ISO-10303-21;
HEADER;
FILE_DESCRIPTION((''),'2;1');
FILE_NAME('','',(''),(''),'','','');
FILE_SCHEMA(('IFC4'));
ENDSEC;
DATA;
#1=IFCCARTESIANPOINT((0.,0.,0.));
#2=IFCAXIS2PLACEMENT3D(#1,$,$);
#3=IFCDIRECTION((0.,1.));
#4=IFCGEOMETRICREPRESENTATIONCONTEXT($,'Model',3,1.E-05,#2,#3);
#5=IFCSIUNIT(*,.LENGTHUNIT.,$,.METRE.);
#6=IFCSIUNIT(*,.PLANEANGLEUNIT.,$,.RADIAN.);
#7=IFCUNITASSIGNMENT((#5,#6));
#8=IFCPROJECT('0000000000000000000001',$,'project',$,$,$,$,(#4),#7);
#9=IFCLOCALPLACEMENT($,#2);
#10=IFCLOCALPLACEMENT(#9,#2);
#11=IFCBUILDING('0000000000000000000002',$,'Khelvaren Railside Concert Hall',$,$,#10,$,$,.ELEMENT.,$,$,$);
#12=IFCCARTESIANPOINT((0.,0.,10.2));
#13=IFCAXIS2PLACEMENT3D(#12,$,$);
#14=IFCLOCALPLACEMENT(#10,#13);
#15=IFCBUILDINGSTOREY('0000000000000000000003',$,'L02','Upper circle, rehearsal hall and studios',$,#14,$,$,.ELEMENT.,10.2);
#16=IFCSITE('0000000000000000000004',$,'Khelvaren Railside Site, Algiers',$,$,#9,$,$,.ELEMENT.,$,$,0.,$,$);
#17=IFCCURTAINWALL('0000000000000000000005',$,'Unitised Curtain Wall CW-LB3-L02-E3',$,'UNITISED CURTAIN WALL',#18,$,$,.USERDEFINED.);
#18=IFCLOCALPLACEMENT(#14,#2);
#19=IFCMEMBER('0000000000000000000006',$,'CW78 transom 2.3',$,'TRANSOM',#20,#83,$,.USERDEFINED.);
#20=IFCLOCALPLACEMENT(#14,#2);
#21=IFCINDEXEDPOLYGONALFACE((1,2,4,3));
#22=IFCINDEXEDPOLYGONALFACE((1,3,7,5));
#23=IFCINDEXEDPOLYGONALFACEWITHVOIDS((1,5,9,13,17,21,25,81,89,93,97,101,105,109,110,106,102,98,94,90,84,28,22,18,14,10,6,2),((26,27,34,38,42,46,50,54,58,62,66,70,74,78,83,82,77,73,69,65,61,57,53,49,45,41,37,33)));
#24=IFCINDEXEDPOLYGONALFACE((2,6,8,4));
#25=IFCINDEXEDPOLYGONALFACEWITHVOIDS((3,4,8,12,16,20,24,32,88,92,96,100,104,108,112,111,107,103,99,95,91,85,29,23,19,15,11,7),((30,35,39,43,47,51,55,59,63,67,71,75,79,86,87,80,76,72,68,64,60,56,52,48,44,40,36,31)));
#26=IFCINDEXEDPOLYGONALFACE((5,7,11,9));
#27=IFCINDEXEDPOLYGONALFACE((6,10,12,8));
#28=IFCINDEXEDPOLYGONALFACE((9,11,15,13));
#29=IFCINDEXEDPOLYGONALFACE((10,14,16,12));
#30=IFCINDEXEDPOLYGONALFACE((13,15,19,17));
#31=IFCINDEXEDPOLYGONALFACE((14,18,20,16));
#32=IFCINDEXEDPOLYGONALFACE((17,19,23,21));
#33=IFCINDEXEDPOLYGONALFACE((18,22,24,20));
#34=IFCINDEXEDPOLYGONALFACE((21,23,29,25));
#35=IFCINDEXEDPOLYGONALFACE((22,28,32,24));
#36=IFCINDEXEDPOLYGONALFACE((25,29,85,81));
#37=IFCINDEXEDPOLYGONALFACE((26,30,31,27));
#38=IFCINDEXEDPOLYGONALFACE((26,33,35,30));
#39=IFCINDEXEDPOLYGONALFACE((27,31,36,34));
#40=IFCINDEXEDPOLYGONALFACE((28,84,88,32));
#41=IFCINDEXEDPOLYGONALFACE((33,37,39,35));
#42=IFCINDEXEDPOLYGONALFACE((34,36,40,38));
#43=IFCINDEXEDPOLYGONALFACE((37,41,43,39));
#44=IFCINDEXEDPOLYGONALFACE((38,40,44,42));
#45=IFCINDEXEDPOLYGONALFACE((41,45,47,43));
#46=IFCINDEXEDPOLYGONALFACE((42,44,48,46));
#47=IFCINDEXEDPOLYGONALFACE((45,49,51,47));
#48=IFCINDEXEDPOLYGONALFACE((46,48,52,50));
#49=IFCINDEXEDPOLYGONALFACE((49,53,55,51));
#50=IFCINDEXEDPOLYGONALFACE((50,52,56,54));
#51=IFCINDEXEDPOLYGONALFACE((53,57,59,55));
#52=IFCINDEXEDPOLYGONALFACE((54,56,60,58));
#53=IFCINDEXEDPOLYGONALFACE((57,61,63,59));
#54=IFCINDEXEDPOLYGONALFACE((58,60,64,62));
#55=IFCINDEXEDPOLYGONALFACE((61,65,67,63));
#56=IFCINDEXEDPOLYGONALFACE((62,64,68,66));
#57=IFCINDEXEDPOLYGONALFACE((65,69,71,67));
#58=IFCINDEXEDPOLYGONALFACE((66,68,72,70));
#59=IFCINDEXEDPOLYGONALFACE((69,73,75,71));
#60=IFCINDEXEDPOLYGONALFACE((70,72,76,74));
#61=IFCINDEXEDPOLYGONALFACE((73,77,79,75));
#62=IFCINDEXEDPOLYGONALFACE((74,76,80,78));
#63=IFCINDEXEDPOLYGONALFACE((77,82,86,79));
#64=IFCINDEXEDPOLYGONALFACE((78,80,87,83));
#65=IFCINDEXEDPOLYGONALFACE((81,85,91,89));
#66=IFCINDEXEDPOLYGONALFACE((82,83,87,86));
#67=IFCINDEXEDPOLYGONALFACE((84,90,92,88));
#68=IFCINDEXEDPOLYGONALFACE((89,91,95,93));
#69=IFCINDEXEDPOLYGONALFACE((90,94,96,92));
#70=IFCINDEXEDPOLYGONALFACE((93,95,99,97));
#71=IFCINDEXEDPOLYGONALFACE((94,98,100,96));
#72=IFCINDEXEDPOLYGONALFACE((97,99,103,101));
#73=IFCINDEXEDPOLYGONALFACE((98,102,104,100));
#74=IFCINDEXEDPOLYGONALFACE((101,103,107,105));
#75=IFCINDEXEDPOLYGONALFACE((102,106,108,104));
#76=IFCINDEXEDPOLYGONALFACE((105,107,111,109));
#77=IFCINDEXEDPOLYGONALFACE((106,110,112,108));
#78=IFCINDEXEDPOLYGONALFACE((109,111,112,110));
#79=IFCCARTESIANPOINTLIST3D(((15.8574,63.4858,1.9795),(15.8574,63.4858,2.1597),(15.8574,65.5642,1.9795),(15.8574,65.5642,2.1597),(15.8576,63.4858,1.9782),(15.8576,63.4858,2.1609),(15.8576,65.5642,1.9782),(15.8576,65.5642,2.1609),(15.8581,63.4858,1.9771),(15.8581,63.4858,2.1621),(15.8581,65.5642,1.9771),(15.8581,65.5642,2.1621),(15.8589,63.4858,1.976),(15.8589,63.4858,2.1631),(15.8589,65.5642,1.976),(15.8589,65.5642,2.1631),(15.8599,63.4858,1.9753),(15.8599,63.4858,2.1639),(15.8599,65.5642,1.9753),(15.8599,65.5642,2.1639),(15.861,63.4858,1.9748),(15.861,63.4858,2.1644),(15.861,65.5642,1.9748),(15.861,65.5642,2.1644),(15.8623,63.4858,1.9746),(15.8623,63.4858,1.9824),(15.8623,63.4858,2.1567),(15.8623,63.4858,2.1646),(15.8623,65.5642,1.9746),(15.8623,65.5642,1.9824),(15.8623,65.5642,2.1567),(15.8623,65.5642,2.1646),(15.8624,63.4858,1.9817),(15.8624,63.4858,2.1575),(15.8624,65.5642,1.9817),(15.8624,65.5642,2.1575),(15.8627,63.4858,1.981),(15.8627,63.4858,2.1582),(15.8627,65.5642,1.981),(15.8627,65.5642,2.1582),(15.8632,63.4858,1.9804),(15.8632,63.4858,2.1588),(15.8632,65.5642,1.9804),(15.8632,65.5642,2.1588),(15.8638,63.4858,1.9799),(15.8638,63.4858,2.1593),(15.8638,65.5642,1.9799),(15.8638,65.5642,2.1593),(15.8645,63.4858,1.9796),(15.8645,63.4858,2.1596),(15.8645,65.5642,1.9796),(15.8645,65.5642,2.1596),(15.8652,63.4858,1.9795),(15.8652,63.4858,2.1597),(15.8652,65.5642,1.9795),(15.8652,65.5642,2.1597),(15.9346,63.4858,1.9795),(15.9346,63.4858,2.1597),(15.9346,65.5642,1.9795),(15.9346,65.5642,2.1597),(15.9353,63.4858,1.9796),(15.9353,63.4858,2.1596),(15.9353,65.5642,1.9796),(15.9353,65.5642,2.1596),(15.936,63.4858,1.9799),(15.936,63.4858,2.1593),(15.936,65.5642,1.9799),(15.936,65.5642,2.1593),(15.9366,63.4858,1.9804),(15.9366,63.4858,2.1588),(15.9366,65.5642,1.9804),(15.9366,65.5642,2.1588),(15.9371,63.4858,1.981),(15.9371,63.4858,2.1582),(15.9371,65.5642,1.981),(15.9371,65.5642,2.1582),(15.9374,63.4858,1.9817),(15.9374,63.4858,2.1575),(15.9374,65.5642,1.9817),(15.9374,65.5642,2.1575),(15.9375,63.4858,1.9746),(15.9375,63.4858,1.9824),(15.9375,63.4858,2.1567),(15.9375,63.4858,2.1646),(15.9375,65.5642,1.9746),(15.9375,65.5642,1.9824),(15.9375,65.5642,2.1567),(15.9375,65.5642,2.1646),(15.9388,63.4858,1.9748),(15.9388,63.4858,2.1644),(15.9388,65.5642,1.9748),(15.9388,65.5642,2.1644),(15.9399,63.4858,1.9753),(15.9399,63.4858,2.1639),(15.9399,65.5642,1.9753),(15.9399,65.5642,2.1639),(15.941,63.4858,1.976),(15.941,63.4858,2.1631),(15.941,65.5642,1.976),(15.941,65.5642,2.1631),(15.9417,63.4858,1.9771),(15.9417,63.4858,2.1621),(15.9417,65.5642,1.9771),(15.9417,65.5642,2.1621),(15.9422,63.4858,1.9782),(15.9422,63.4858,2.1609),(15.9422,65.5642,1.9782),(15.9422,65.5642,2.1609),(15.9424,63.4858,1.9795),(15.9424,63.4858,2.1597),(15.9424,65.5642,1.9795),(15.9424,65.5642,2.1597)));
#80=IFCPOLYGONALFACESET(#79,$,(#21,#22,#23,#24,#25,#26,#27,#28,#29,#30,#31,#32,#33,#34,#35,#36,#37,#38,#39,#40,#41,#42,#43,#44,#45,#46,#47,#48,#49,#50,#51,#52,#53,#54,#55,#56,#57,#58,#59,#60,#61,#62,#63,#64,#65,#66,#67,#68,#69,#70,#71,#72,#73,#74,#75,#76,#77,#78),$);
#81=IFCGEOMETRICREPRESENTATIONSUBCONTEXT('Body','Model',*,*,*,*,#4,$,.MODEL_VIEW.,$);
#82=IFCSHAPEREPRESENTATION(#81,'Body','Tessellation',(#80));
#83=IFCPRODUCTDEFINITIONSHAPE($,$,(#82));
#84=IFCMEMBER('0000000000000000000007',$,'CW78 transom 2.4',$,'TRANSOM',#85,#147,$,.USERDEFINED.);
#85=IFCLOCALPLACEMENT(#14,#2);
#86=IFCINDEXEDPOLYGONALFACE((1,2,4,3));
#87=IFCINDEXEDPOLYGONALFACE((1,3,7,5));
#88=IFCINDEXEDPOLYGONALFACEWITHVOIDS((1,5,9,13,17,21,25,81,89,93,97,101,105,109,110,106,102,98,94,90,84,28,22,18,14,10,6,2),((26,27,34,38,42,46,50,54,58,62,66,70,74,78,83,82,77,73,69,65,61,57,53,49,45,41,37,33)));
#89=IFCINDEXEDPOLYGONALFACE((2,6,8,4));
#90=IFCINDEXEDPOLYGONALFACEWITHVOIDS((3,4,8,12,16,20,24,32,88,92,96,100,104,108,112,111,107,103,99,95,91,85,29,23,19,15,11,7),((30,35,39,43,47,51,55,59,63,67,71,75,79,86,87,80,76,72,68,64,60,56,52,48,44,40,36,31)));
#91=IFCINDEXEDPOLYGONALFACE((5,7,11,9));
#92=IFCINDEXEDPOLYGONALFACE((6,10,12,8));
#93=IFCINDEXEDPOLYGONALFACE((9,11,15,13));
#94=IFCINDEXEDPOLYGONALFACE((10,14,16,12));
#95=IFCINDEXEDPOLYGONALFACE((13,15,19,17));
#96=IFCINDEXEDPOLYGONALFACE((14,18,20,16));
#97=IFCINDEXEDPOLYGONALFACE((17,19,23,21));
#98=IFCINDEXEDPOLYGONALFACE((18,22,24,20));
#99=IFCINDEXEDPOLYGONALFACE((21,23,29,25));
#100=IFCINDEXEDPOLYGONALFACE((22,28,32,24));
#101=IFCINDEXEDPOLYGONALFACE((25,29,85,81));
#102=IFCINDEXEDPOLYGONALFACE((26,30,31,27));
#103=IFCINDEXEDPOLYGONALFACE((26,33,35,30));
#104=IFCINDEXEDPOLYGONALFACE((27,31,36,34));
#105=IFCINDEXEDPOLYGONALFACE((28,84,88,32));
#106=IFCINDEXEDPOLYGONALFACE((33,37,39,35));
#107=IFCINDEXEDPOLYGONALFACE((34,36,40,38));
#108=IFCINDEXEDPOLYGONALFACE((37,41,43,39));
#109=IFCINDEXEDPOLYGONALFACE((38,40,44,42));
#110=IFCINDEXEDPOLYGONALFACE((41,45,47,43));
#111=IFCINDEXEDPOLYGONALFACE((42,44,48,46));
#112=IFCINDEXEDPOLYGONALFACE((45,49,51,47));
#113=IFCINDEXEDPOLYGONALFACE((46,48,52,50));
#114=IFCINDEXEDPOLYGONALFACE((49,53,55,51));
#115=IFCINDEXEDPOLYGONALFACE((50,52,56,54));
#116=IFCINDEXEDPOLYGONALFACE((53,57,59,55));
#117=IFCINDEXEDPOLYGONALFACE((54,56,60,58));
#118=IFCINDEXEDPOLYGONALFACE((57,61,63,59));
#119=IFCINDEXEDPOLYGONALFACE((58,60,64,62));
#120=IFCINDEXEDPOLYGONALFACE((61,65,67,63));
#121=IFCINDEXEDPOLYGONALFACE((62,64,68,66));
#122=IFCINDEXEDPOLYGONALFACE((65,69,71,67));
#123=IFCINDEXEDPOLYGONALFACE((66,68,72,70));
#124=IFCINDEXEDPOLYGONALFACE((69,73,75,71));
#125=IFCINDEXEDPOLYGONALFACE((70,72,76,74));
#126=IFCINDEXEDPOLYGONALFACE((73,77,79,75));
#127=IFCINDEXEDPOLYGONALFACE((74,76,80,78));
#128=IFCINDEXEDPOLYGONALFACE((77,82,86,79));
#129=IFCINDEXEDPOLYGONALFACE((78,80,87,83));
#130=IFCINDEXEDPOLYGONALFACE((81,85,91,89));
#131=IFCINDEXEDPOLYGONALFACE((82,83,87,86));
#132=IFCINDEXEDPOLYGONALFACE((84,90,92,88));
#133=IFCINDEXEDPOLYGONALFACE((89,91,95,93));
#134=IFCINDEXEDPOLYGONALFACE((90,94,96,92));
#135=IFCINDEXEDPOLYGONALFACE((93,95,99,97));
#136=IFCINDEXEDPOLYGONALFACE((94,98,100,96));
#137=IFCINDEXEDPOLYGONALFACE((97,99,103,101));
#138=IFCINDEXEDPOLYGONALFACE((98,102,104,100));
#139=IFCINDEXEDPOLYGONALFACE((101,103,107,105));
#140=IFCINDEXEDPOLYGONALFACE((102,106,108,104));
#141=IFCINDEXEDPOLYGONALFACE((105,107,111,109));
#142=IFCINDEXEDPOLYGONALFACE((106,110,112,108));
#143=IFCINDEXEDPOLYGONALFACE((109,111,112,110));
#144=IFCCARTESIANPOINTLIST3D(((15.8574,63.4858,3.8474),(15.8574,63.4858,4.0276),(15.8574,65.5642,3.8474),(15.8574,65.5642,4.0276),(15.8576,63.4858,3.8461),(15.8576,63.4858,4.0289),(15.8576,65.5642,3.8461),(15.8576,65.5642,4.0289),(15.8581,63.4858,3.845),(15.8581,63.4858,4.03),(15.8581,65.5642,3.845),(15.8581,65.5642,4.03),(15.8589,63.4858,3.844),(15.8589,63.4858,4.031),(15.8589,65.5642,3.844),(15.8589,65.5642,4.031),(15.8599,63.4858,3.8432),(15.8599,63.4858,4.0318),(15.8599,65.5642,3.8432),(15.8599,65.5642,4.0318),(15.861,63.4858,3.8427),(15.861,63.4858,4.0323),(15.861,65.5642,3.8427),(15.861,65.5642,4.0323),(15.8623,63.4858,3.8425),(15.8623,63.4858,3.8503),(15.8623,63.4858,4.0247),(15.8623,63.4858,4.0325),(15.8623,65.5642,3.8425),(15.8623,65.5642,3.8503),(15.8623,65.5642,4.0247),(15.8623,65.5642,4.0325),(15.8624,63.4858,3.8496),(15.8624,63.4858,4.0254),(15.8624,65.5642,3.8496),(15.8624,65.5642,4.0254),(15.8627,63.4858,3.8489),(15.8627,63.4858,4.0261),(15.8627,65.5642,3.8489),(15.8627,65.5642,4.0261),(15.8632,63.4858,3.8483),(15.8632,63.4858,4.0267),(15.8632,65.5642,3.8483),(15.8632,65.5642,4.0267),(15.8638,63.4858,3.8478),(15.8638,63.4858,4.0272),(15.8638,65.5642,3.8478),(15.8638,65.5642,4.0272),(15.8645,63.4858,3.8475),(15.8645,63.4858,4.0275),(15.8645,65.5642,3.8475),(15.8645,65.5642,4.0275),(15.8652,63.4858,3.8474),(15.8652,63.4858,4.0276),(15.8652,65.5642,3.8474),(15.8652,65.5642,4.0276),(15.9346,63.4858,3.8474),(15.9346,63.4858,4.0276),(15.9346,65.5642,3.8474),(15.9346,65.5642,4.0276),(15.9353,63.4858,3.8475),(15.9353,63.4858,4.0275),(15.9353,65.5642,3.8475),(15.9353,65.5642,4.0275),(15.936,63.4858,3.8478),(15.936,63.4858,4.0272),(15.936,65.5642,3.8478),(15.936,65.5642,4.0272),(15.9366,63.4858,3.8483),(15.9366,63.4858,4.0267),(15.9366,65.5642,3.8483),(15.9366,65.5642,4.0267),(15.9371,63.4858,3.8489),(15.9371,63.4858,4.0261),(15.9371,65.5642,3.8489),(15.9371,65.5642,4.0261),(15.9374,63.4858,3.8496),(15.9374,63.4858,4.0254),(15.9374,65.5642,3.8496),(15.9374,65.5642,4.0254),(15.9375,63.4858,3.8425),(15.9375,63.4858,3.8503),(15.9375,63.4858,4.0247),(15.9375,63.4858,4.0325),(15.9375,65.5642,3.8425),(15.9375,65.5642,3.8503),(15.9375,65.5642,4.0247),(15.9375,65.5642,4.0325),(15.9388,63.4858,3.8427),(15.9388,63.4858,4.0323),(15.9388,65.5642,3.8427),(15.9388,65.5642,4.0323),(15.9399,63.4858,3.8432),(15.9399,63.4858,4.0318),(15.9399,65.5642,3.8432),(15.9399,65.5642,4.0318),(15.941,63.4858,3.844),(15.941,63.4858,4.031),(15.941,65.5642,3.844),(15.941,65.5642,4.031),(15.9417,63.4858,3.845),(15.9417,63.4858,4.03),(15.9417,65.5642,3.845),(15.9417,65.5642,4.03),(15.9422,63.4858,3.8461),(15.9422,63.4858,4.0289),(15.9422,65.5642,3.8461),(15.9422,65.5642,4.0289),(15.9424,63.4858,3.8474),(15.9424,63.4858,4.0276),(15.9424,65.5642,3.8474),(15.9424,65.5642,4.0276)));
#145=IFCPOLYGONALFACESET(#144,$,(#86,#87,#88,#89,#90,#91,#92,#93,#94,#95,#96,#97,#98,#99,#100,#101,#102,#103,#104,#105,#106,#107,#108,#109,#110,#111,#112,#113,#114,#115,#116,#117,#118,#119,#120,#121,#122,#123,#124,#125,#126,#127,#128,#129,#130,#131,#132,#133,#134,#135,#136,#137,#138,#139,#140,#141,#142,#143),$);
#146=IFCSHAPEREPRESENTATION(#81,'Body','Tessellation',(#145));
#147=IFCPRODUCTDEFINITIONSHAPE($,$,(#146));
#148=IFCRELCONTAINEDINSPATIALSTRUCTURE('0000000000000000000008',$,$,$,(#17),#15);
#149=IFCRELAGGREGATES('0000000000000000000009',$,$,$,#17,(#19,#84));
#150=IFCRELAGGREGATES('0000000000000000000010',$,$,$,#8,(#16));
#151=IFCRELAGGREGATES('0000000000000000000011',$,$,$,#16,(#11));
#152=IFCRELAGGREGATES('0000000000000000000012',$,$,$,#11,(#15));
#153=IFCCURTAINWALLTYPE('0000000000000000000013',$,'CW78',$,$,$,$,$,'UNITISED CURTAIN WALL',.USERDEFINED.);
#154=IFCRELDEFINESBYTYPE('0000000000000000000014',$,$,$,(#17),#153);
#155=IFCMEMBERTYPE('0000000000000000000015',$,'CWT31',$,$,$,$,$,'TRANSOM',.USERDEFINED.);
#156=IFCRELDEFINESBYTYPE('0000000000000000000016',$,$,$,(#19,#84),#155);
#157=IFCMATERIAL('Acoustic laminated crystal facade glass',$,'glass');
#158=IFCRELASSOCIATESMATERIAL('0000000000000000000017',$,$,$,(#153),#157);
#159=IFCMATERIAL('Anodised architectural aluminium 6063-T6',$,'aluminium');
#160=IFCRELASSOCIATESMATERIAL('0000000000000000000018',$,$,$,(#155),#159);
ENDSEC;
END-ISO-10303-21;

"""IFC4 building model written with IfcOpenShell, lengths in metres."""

from ifc_helpers import new_model, si_unit, direction, frame, origin, origin_2d, place, context, subcontext, project, spatial, hollow_rectangle, extrude, material, material_profile, profile_set, type_object, element, aggregate, save


model = new_model("IFC4")

# Units and contexts
model_context = context("Model", 3, precision=1e-05, world=origin(), true_north=direction((0.0, 1.0)))
body_context = subcontext(model_context, "Body", "Model", "MODEL_VIEW")
ifc_project = project(units=[si_unit("LENGTHUNIT", "METRE"), si_unit("PLANEANGLEUNIT", "RADIAN")], contexts=[model_context])

# Site, building, storey
site_placement = place(None, origin())
site = spatial("IfcSite", under=ifc_project, at=site_placement, Name="Khelvaren Railside Site, Algiers", CompositionType="ELEMENT", RefElevation=0.0)
building_placement = place(site_placement, origin())
building = spatial("IfcBuilding", under=site, at=building_placement, Name="Khelvaren Railside Concert Hall", CompositionType="ELEMENT")
storey_placement = place(building_placement, frame((0.0, 0.0, 10.2)))
storey = spatial("IfcBuildingStorey", under=building, at=storey_placement, Name="L02", Description="Upper circle, rehearsal hall and studios", CompositionType="ELEMENT", Elevation=10.2)

# Curtain wall, members
ifc_material_1 = material(Name="Acoustic laminated crystal facade glass", Category="glass")
curtain_wall_type = type_object("IfcCurtainWallType", Name="CW78", ElementType="UNITISED CURTAIN WALL", PredefinedType="USERDEFINED", material=ifc_material_1)
curtain_wall_placement = place(storey_placement, origin())
curtain_wall = element("IfcCurtainWall", 1, at=curtain_wall_placement, inside=storey, type_object=curtain_wall_type, Name="Unitised Curtain Wall CW-LB3-L02-E3", ObjectType="UNITISED CURTAIN WALL", PredefinedType="USERDEFINED")
ifc_material_2 = material(Name="Anodised architectural aluminium 6063-T6", Category="aluminium")
ifc_material_profile_1 = material_profile(ifc_material_2, hollow_rectangle(XDim=0.085, YDim=0.1899, WallThickness=0.0049, InnerFilletRadius=0.0029, OuterFilletRadius=0.0049, at=origin_2d()), Name="CWT 85x190x5")
ifc_profile_set_1 = profile_set([ifc_material_profile_1], Name="Anodised architectural aluminium 6063-T6")
member_type_1 = type_object("IfcMemberType", Name="CWT31", ElementType="TRANSOM", PredefinedType="USERDEFINED", material=ifc_profile_set_1)
member_1_placement = place(storey_placement, frame((15.8999, 65.5642, 2.0696), z_axis=(0.0, -1.0, 0.0), x_axis=(1.0, 0.0, 0.0)))
member_1 = element("IfcMember", 2, at=member_1_placement, type_object=member_type_1, Name="CW78 transom 2.3", ObjectType="TRANSOM", PredefinedType="USERDEFINED", context=body_context, shape_type="SweptSolid", body=[
    extrude(hollow_rectangle(XDim=0.085, YDim=0.1899, WallThickness=0.0049, InnerFilletRadius=0.0029, OuterFilletRadius=0.0049, at=origin_2d()), origin(), (0.0, 0.0, 1.0), 2.0784),
])
member_2_placement = place(storey_placement, frame((15.8999, 65.5642, 3.9375), z_axis=(0.0, -1.0, 0.0), x_axis=(1.0, 0.0, 0.0)))
member_2 = element("IfcMember", 3, at=member_2_placement, type_object=member_type_1, Name="CW78 transom 2.4", ObjectType="TRANSOM", PredefinedType="USERDEFINED", context=body_context, shape_type="SweptSolid", body=[
    extrude(hollow_rectangle(XDim=0.085, YDim=0.1899, WallThickness=0.0049, InnerFilletRadius=0.0029, OuterFilletRadius=0.0049, at=origin_2d()), origin(), (0.0, 0.0, 1.0), 2.0784),
])

aggregate(curtain_wall, [member_1, member_2])

save(model, "model.ifc")
